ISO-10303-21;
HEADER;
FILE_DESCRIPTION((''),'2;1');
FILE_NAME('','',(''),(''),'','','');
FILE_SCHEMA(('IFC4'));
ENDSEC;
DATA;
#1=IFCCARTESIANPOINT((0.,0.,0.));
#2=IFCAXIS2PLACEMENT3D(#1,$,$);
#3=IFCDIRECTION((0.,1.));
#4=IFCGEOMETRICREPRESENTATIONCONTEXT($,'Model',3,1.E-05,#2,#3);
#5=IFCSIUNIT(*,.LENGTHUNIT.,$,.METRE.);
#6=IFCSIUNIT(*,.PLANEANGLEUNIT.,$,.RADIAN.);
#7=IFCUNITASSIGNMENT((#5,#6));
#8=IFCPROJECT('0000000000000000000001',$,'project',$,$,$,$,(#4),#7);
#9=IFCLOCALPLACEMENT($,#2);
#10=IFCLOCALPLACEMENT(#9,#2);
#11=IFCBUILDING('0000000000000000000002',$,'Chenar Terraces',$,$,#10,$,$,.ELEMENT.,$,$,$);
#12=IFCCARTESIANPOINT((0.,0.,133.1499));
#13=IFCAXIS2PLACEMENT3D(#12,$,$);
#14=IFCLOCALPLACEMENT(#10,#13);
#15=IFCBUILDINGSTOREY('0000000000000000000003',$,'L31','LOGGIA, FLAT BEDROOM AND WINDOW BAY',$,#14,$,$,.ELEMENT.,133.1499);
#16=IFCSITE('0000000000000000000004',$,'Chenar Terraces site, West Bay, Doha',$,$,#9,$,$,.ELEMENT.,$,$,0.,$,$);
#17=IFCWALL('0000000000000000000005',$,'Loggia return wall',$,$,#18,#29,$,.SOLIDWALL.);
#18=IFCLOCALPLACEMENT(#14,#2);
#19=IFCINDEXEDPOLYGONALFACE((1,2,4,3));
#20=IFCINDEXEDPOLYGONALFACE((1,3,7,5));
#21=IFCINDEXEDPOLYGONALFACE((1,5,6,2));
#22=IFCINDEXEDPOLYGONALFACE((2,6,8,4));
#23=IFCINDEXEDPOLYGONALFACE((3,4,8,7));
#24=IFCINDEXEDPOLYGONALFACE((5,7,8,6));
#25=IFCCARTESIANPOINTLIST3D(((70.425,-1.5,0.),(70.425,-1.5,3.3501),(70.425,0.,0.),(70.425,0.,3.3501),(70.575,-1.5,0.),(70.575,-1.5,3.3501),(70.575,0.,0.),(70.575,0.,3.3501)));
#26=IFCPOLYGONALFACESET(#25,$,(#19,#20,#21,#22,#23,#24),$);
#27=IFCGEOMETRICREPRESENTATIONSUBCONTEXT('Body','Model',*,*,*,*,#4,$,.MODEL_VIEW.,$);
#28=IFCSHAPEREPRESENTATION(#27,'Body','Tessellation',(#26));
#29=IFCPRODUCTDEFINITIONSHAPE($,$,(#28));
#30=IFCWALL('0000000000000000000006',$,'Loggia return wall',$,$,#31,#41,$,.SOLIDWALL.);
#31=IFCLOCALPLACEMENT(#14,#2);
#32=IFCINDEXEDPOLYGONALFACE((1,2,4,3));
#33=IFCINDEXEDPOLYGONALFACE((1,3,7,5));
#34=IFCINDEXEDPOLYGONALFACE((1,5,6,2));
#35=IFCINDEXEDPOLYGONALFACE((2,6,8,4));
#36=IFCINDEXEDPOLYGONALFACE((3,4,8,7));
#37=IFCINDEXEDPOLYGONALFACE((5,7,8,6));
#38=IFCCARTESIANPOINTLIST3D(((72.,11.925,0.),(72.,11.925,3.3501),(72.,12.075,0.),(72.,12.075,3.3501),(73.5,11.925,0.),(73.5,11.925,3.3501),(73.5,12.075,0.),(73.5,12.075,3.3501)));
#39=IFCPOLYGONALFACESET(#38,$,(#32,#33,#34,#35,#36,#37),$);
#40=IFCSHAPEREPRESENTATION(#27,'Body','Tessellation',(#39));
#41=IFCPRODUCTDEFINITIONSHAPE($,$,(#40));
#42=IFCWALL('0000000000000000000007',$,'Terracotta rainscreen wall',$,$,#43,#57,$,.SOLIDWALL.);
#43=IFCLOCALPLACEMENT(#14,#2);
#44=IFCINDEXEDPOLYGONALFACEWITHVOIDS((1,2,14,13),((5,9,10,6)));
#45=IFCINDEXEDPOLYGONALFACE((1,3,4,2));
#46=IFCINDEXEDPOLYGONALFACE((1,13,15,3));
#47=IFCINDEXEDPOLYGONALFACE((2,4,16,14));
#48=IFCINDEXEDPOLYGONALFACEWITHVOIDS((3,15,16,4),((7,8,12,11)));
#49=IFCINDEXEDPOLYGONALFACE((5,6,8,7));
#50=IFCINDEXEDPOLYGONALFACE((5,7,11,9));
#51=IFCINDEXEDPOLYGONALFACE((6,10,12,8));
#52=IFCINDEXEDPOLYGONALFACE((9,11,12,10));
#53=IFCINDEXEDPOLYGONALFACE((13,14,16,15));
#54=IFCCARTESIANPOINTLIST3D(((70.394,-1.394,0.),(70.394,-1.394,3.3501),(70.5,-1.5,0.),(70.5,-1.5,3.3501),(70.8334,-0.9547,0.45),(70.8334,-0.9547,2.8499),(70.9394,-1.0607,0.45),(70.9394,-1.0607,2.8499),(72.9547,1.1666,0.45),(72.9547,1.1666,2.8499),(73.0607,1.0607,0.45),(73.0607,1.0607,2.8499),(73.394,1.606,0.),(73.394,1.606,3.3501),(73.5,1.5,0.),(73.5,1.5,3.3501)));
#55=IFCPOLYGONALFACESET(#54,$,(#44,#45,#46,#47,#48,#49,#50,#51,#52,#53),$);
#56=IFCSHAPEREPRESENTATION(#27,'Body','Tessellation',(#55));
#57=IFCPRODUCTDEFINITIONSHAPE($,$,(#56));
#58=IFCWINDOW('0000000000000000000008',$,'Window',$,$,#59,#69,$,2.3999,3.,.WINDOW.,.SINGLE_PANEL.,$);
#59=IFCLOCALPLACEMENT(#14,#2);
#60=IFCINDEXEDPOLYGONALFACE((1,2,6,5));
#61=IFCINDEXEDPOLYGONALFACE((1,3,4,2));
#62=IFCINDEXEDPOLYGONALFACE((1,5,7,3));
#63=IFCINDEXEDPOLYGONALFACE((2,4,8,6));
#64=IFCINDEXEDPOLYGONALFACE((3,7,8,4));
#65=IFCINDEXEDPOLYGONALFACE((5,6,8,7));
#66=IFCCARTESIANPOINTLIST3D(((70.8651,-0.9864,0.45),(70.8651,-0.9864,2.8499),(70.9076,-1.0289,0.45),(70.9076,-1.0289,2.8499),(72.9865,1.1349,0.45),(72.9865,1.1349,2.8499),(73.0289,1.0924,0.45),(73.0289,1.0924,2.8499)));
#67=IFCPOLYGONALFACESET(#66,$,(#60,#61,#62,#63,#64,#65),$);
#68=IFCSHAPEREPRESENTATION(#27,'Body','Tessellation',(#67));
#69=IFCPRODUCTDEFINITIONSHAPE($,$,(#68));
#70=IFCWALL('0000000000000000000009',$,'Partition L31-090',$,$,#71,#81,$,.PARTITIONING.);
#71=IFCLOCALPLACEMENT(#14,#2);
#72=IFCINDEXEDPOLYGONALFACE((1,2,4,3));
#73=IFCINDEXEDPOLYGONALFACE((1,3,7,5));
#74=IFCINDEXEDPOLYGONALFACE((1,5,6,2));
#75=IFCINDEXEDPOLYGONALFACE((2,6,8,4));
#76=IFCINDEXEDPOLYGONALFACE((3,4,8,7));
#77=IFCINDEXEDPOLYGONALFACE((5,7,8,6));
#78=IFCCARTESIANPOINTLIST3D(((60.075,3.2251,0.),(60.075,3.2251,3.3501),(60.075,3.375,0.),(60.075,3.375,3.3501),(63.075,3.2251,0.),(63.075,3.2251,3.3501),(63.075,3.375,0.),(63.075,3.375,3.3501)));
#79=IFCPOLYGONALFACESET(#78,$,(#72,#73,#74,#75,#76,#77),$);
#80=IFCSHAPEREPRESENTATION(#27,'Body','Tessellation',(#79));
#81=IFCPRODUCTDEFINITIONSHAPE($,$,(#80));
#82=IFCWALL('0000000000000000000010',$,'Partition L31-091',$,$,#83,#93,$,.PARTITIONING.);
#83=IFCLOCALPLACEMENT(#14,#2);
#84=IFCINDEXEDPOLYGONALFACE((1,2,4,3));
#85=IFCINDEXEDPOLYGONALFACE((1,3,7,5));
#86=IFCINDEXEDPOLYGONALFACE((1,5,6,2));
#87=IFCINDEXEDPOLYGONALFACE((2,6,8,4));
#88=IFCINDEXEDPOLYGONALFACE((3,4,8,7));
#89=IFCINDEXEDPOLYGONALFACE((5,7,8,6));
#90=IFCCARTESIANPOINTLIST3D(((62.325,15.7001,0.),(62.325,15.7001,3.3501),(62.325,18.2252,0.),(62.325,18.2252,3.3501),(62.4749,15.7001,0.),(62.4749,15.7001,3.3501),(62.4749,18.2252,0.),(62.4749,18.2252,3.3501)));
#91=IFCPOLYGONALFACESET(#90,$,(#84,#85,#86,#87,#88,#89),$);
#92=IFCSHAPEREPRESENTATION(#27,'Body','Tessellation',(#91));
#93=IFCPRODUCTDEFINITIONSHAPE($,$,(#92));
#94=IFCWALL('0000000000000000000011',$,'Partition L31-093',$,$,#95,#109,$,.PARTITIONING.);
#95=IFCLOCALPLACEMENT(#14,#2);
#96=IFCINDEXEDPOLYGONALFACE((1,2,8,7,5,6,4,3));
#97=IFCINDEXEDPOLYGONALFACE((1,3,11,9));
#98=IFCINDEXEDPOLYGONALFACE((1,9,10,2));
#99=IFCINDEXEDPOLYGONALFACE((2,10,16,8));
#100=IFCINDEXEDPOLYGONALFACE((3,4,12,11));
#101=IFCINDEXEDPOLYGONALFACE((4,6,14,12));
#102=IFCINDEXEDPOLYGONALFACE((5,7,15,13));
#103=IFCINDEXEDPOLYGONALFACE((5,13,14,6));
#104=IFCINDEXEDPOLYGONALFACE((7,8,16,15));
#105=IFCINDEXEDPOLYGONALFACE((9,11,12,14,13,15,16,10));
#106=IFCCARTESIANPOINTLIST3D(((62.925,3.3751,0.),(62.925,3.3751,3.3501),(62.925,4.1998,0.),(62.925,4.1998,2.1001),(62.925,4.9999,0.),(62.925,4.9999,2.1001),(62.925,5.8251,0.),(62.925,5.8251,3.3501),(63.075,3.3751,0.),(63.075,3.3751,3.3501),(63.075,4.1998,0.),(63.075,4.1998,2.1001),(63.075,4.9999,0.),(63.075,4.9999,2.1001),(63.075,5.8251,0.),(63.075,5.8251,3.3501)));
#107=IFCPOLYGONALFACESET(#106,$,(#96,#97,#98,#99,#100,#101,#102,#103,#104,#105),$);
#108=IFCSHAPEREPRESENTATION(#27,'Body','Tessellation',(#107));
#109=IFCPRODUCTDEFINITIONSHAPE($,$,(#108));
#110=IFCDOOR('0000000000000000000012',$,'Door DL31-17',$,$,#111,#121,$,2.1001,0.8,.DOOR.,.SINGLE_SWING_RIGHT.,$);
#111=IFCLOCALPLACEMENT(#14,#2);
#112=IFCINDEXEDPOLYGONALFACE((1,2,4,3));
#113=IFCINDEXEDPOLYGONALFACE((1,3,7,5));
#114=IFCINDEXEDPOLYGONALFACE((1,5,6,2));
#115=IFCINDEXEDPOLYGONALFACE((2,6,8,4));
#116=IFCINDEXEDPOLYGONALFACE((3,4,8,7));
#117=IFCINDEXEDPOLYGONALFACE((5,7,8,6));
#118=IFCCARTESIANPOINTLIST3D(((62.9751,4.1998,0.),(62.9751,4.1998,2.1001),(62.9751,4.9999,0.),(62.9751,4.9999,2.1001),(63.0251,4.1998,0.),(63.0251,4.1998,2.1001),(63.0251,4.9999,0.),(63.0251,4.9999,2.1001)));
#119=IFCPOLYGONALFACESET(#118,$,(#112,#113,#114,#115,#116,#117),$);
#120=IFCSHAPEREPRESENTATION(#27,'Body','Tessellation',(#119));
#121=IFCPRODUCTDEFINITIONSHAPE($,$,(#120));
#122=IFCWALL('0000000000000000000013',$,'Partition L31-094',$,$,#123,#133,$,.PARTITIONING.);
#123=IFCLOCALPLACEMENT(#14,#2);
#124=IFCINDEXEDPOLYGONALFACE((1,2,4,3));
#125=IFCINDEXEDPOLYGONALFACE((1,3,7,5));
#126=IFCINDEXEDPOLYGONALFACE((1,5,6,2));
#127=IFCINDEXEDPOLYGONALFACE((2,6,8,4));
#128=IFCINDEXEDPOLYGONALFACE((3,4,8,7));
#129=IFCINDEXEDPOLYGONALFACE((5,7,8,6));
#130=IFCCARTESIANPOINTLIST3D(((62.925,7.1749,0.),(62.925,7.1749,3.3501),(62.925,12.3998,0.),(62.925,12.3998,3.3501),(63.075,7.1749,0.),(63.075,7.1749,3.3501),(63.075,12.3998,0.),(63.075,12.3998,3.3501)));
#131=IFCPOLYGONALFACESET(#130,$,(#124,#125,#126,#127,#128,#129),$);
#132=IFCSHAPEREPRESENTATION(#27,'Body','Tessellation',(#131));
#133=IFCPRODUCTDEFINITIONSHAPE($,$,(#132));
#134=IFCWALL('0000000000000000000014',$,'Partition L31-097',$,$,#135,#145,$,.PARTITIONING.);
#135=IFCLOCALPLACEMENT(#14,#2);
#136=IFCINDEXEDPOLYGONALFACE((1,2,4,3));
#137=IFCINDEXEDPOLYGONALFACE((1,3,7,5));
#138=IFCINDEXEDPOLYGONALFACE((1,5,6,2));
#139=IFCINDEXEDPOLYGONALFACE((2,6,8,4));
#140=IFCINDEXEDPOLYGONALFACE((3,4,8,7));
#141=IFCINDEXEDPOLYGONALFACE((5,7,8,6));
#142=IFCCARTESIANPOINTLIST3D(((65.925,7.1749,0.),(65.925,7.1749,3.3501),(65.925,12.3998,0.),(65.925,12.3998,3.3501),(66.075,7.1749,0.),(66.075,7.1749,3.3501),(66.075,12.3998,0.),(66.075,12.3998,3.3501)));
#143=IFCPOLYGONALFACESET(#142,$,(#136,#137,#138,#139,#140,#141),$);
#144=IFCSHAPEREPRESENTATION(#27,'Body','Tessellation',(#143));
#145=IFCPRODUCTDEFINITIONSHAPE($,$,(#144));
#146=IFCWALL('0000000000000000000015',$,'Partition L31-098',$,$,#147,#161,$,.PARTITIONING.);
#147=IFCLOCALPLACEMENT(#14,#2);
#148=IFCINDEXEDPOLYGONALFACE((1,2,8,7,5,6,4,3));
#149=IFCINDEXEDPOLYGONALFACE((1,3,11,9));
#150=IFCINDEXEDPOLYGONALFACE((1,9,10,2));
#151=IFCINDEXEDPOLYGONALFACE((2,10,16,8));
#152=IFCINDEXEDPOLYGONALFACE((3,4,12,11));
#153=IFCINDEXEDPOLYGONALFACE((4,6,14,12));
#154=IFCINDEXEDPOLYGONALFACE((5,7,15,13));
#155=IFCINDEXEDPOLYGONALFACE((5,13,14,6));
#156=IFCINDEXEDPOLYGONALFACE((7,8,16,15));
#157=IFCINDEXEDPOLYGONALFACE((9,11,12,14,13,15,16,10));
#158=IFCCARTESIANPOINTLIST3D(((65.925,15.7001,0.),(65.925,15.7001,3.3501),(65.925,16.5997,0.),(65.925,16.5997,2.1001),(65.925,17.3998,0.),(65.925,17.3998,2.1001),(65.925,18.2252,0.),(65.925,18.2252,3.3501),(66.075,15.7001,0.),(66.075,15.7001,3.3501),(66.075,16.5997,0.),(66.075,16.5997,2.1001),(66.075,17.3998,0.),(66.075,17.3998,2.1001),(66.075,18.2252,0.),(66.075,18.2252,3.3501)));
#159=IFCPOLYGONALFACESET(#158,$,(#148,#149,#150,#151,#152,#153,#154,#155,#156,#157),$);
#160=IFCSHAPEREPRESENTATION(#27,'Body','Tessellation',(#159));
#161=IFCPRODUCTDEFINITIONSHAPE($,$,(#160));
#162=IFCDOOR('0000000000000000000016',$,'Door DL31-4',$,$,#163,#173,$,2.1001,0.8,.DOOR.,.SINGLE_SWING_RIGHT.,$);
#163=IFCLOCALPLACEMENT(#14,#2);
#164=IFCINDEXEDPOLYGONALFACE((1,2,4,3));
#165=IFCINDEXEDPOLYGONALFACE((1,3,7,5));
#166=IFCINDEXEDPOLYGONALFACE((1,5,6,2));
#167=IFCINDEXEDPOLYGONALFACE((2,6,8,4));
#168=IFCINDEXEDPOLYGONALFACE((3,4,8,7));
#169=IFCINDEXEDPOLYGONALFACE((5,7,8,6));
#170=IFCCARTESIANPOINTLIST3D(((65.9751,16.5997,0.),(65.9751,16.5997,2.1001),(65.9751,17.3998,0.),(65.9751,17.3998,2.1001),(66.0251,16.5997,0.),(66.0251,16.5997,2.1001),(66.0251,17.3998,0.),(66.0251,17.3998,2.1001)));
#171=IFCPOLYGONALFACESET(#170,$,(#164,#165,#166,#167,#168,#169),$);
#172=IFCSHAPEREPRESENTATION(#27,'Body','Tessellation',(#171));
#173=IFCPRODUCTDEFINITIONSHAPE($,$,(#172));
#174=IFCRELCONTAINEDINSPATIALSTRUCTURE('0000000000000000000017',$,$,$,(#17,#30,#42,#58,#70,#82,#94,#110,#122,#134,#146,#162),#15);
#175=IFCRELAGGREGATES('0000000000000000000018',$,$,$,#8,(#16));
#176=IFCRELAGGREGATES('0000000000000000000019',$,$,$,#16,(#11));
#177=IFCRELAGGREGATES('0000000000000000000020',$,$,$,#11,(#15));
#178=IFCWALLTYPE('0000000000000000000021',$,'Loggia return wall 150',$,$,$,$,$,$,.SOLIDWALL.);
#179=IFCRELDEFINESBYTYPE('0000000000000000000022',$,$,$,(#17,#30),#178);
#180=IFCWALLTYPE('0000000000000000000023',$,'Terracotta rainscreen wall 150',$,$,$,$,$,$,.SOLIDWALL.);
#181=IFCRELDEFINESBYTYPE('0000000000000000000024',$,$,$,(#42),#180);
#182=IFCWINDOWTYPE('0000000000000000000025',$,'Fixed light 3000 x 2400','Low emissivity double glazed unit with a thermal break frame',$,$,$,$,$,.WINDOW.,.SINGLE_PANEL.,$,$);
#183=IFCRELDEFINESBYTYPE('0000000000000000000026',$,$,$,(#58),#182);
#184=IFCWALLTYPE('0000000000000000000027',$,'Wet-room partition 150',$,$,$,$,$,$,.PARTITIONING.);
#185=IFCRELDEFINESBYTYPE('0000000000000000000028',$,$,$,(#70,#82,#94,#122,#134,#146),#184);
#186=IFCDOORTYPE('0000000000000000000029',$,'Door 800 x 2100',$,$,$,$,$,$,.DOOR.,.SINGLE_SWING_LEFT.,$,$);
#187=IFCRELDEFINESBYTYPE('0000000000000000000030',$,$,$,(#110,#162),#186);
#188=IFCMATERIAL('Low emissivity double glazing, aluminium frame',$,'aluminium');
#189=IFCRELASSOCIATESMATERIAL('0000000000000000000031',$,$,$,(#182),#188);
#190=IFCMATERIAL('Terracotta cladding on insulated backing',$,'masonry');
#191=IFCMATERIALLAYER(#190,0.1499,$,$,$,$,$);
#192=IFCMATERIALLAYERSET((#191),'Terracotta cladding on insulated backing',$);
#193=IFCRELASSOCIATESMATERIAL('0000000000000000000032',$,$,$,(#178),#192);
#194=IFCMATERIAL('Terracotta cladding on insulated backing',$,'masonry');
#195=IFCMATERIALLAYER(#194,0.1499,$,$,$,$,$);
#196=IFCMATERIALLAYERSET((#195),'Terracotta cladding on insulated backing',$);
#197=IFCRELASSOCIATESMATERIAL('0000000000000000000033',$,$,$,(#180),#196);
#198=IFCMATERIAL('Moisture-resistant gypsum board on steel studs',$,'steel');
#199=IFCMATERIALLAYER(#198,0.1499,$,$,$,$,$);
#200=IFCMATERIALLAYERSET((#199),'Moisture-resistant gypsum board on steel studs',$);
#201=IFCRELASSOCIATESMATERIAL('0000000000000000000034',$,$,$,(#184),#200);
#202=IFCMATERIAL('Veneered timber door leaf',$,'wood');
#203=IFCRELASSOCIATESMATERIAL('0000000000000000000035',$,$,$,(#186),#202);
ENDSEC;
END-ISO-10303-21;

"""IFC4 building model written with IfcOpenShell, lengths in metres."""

from ifc_helpers import new_model, si_unit, direction, frame, frame_2d, origin, place, context, subcontext, project, spatial, rectangle, extrude, material, layer, layer_set, type_object, element, fill, save


model = new_model("IFC4")

# Units and contexts
model_context = context("Model", 3, precision=1e-05, world=origin(), true_north=direction((0.0, 1.0)))
body_context = subcontext(model_context, "Body", "Model", "MODEL_VIEW")
ifc_project = project(units=[si_unit("LENGTHUNIT", "METRE"), si_unit("PLANEANGLEUNIT", "RADIAN")], contexts=[model_context])

# Site, building, storey
site_placement = place(None, origin())
site = spatial("IfcSite", under=ifc_project, at=site_placement, Name="Chenar Terraces site, West Bay, Doha", CompositionType="ELEMENT", RefElevation=0.0)
building_placement = place(site_placement, origin())
building = spatial("IfcBuilding", under=site, at=building_placement, Name="Chenar Terraces", CompositionType="ELEMENT")
storey_placement = place(building_placement, frame((0.0, 0.0, 133.1499)))
storey = spatial("IfcBuildingStorey", under=building, at=storey_placement, Name="L31", Description="LOGGIA, FLAT BEDROOM AND WINDOW BAY", CompositionType="ELEMENT", Elevation=133.1499)

# Shared definitions
ifc_material_1 = material(Name="Low emissivity double glazing, aluminium frame", Category="aluminium")
window_type_1 = type_object("IfcWindowType", Name="Fixed light 3000 x 2400", Description="Low emissivity double glazed unit with a thermal break frame", PartitioningType="SINGLE_PANEL", PredefinedType="WINDOW", material=ifc_material_1)

# Walls
ifc_material_2 = material(Name="Terracotta cladding on insulated backing", Category="masonry")
ifc_layer_1 = layer(ifc_material_2, 0.1499)
ifc_layer_set_1 = layer_set([ifc_layer_1], Name="Terracotta cladding on insulated backing")
wall_type_1 = type_object("IfcWallType", Name="Loggia return wall 150", PredefinedType="SOLIDWALL", material=ifc_layer_set_1)
for number, where, z_axis, x_axis, name in (
    (1, (70.5, -1.5, 0.0), (0.0, 0.0, 1.0), (0.0, 1.0, 0.0), "Loggia return wall"),
    (2, (73.5, 12.0, 0.0), (0.0, 0.0, 1.0), (-1.0, 0.0, 0.0), "Loggia return wall"),
):
    element("IfcWall", number, at=place(storey_placement, frame(where, z_axis=z_axis, x_axis=x_axis)), inside=storey, type_object=wall_type_1, Name=name, PredefinedType="SOLIDWALL", context=body_context, shape_type="SweptSolid", body=[
        extrude(rectangle(XDim=1.5, YDim=0.1499, at=frame_2d((0.75, 0.0))), origin(), (0.0, 0.0, 1.0), 3.3501),
    ])

# Wall, opening, window
ifc_material_3 = material(Name="Terracotta cladding on insulated backing", Category="masonry")
ifc_layer_2 = layer(ifc_material_3, 0.1499)
ifc_layer_set_2 = layer_set([ifc_layer_2], Name="Terracotta cladding on insulated backing")
wall_type_2 = type_object("IfcWallType", Name="Terracotta rainscreen wall 150", PredefinedType="SOLIDWALL", material=ifc_layer_set_2)
wall_1_placement = place(storey_placement, frame((70.447, -1.447, 0.0), z_axis=(0.0, 0.0, 1.0), x_axis=(0.707107, 0.707107, 0.0)))
wall_1 = element("IfcWall", 3, at=wall_1_placement, inside=storey, type_object=wall_type_2, Name="Terracotta rainscreen wall", PredefinedType="SOLIDWALL", context=body_context, shape_type="SweptSolid", body=[
    extrude(rectangle(XDim=4.2427, YDim=0.1499, at=frame_2d((2.1213, 0.0))), origin(), (0.0, 0.0, 1.0), 3.3501),
])
opening_1_placement = place(wall_1_placement, frame((0.6213, 0.0, 0.45)))
opening_1 = element("IfcOpeningElement", 4, at=opening_1_placement, cuts=wall_1, PredefinedType="OPENING", context=body_context, shape_type="SweptSolid", body=[
    extrude(rectangle(XDim=3.0, YDim=2.3999, at=frame_2d((1.5, 1.2))), frame((0.0, 0.085, 0.0), z_axis=(0.0, -1.0, 0.0), x_axis=(1.0, 0.0, 0.0)), (0.0, 0.0, 1.0), 0.1699),
])
window_1_placement = place(opening_1_placement, origin())
window_1 = element("IfcWindow", 5, at=window_1_placement, inside=storey, type_object=window_type_1, Name="Window", OverallHeight=2.3999, OverallWidth=3.0, PartitioningType="SINGLE_PANEL", PredefinedType="WINDOW", context=body_context, shape_type="SweptSolid", body=[
    extrude(rectangle(XDim=3.0, YDim=2.3999, at=frame_2d((1.5, 1.2))), frame((0.0, 0.03, 0.0), z_axis=(0.0, -1.0, 0.0), x_axis=(1.0, 0.0, 0.0)), (0.0, 0.0, 1.0), 0.0601),
])
fill(opening_1, window_1)

# Walls
ifc_material_4 = material(Name="Moisture-resistant gypsum board on steel studs", Category="steel")
ifc_layer_3 = layer(ifc_material_4, 0.1499)
ifc_layer_set_3 = layer_set([ifc_layer_3], Name="Moisture-resistant gypsum board on steel studs")
wall_type_3 = type_object("IfcWallType", Name="Wet-room partition 150", PredefinedType="PARTITIONING", material=ifc_layer_set_3)
wall_2_placement = place(storey_placement, frame((60.075, 3.3, 0.0), z_axis=(0.0, 0.0, 1.0), x_axis=(1.0, 0.0, 0.0)))
element("IfcWall", 6, at=wall_2_placement, inside=storey, type_object=wall_type_3, Name="Partition L31-090", PredefinedType="PARTITIONING", context=body_context, shape_type="SweptSolid", body=[
    extrude(rectangle(XDim=3.0, YDim=0.1499, at=frame_2d((1.5, 0.0))), origin(), (0.0, 0.0, 1.0), 3.3501),
])
wall_3_placement = place(storey_placement, frame((62.3999, 15.7, 0.0), z_axis=(0.0, 0.0, 1.0), x_axis=(0.0, 1.0, 0.0)))
element("IfcWall", 7, at=wall_3_placement, inside=storey, type_object=wall_type_3, Name="Partition L31-091", PredefinedType="PARTITIONING", context=body_context, shape_type="SweptSolid", body=[
    extrude(rectangle(XDim=2.5251, YDim=0.1499, at=frame_2d((1.2627, 0.0))), origin(), (0.0, 0.0, 1.0), 3.3501),
])

# Wall, opening, door
wall_4_placement = place(storey_placement, frame((63.0, 3.375, 0.0), z_axis=(0.0, 0.0, 1.0), x_axis=(0.0, 1.0, 0.0)))
wall_4 = element("IfcWall", 8, at=wall_4_placement, inside=storey, type_object=wall_type_3, Name="Partition L31-093", PredefinedType="PARTITIONING", context=body_context, shape_type="SweptSolid", body=[
    extrude(rectangle(XDim=2.45, YDim=0.1499, at=frame_2d((1.2251, 0.0))), origin(), (0.0, 0.0, 1.0), 3.3501),
])
opening_2_placement = place(wall_4_placement, frame((0.825, 0.0, 0.0)))
opening_2 = element("IfcOpeningElement", 9, at=opening_2_placement, cuts=wall_4, PredefinedType="OPENING", context=body_context, shape_type="SweptSolid", body=[
    extrude(rectangle(XDim=0.8, YDim=2.1001, at=frame_2d((0.3999, 1.05))), frame((0.0, 0.085, 0.0), z_axis=(0.0, -1.0, 0.0), x_axis=(1.0, 0.0, 0.0)), (0.0, 0.0, 1.0), 0.1699),
])
ifc_material_5 = material(Name="Veneered timber door leaf", Category="wood")
door_type_1 = type_object("IfcDoorType", Name="Door 800 x 2100", OperationType="SINGLE_SWING_LEFT", PredefinedType="DOOR", material=ifc_material_5)
door_1_placement = place(opening_2_placement, origin())
door_1 = element("IfcDoor", 10, at=door_1_placement, inside=storey, type_object=door_type_1, Name="Door DL31-17", OperationType="SINGLE_SWING_RIGHT", OverallHeight=2.1001, OverallWidth=0.8, PredefinedType="DOOR", context=body_context, shape_type="SweptSolid", body=[
    extrude(rectangle(XDim=0.8, YDim=2.1001, at=frame_2d((0.3999, 1.05))), frame((0.0, 0.0249, 0.0), z_axis=(0.0, -1.0, 0.0), x_axis=(1.0, 0.0, 0.0)), (0.0, 0.0, 1.0), 0.05),
])
fill(opening_2, door_1)

# Walls
for number, where, z_axis, x_axis, name in (
    (11, (63.0, 7.175, 0.0), (0.0, 0.0, 1.0), (0.0, 1.0, 0.0), "Partition L31-094"),
    (12, (66.0, 7.175, 0.0), (0.0, 0.0, 1.0), (0.0, 1.0, 0.0), "Partition L31-097"),
):
    element("IfcWall", number, at=place(storey_placement, frame(where, z_axis=z_axis, x_axis=x_axis)), inside=storey, type_object=wall_type_3, Name=name, PredefinedType="PARTITIONING", context=body_context, shape_type="SweptSolid", body=[
        extrude(rectangle(XDim=5.2249, YDim=0.1499, at=frame_2d((2.6123, 0.0))), origin(), (0.0, 0.0, 1.0), 3.3501),
    ])

# Wall, opening, door
wall_5_placement = place(storey_placement, frame((66.0, 15.7, 0.0), z_axis=(0.0, 0.0, 1.0), x_axis=(0.0, 1.0, 0.0)))
wall_5 = element("IfcWall", 13, at=wall_5_placement, inside=storey, type_object=wall_type_3, Name="Partition L31-098", PredefinedType="PARTITIONING", context=body_context, shape_type="SweptSolid", body=[
    extrude(rectangle(XDim=2.5251, YDim=0.1499, at=frame_2d((1.2627, 0.0))), origin(), (0.0, 0.0, 1.0), 3.3501),
])
opening_3_placement = place(wall_5_placement, frame((0.8999, 0.0, 0.0)))
opening_3 = element("IfcOpeningElement", 14, at=opening_3_placement, cuts=wall_5, PredefinedType="OPENING", context=body_context, shape_type="SweptSolid", body=[
    extrude(rectangle(XDim=0.8, YDim=2.1001, at=frame_2d((0.3999, 1.05))), frame((0.0, 0.085, 0.0), z_axis=(0.0, -1.0, 0.0), x_axis=(1.0, 0.0, 0.0)), (0.0, 0.0, 1.0), 0.1699),
])
door_2_placement = place(opening_3_placement, origin())
door_2 = element("IfcDoor", 15, at=door_2_placement, inside=storey, type_object=door_type_1, Name="Door DL31-4", OperationType="SINGLE_SWING_RIGHT", OverallHeight=2.1001, OverallWidth=0.8, PredefinedType="DOOR", context=body_context, shape_type="SweptSolid", body=[
    extrude(rectangle(XDim=0.8, YDim=2.1001, at=frame_2d((0.3999, 1.05))), frame((0.0, 0.0249, 0.0), z_axis=(0.0, -1.0, 0.0), x_axis=(1.0, 0.0, 0.0)), (0.0, 0.0, 1.0), 0.05),
])
fill(opening_3, door_2)

save(model, "model.ifc")
